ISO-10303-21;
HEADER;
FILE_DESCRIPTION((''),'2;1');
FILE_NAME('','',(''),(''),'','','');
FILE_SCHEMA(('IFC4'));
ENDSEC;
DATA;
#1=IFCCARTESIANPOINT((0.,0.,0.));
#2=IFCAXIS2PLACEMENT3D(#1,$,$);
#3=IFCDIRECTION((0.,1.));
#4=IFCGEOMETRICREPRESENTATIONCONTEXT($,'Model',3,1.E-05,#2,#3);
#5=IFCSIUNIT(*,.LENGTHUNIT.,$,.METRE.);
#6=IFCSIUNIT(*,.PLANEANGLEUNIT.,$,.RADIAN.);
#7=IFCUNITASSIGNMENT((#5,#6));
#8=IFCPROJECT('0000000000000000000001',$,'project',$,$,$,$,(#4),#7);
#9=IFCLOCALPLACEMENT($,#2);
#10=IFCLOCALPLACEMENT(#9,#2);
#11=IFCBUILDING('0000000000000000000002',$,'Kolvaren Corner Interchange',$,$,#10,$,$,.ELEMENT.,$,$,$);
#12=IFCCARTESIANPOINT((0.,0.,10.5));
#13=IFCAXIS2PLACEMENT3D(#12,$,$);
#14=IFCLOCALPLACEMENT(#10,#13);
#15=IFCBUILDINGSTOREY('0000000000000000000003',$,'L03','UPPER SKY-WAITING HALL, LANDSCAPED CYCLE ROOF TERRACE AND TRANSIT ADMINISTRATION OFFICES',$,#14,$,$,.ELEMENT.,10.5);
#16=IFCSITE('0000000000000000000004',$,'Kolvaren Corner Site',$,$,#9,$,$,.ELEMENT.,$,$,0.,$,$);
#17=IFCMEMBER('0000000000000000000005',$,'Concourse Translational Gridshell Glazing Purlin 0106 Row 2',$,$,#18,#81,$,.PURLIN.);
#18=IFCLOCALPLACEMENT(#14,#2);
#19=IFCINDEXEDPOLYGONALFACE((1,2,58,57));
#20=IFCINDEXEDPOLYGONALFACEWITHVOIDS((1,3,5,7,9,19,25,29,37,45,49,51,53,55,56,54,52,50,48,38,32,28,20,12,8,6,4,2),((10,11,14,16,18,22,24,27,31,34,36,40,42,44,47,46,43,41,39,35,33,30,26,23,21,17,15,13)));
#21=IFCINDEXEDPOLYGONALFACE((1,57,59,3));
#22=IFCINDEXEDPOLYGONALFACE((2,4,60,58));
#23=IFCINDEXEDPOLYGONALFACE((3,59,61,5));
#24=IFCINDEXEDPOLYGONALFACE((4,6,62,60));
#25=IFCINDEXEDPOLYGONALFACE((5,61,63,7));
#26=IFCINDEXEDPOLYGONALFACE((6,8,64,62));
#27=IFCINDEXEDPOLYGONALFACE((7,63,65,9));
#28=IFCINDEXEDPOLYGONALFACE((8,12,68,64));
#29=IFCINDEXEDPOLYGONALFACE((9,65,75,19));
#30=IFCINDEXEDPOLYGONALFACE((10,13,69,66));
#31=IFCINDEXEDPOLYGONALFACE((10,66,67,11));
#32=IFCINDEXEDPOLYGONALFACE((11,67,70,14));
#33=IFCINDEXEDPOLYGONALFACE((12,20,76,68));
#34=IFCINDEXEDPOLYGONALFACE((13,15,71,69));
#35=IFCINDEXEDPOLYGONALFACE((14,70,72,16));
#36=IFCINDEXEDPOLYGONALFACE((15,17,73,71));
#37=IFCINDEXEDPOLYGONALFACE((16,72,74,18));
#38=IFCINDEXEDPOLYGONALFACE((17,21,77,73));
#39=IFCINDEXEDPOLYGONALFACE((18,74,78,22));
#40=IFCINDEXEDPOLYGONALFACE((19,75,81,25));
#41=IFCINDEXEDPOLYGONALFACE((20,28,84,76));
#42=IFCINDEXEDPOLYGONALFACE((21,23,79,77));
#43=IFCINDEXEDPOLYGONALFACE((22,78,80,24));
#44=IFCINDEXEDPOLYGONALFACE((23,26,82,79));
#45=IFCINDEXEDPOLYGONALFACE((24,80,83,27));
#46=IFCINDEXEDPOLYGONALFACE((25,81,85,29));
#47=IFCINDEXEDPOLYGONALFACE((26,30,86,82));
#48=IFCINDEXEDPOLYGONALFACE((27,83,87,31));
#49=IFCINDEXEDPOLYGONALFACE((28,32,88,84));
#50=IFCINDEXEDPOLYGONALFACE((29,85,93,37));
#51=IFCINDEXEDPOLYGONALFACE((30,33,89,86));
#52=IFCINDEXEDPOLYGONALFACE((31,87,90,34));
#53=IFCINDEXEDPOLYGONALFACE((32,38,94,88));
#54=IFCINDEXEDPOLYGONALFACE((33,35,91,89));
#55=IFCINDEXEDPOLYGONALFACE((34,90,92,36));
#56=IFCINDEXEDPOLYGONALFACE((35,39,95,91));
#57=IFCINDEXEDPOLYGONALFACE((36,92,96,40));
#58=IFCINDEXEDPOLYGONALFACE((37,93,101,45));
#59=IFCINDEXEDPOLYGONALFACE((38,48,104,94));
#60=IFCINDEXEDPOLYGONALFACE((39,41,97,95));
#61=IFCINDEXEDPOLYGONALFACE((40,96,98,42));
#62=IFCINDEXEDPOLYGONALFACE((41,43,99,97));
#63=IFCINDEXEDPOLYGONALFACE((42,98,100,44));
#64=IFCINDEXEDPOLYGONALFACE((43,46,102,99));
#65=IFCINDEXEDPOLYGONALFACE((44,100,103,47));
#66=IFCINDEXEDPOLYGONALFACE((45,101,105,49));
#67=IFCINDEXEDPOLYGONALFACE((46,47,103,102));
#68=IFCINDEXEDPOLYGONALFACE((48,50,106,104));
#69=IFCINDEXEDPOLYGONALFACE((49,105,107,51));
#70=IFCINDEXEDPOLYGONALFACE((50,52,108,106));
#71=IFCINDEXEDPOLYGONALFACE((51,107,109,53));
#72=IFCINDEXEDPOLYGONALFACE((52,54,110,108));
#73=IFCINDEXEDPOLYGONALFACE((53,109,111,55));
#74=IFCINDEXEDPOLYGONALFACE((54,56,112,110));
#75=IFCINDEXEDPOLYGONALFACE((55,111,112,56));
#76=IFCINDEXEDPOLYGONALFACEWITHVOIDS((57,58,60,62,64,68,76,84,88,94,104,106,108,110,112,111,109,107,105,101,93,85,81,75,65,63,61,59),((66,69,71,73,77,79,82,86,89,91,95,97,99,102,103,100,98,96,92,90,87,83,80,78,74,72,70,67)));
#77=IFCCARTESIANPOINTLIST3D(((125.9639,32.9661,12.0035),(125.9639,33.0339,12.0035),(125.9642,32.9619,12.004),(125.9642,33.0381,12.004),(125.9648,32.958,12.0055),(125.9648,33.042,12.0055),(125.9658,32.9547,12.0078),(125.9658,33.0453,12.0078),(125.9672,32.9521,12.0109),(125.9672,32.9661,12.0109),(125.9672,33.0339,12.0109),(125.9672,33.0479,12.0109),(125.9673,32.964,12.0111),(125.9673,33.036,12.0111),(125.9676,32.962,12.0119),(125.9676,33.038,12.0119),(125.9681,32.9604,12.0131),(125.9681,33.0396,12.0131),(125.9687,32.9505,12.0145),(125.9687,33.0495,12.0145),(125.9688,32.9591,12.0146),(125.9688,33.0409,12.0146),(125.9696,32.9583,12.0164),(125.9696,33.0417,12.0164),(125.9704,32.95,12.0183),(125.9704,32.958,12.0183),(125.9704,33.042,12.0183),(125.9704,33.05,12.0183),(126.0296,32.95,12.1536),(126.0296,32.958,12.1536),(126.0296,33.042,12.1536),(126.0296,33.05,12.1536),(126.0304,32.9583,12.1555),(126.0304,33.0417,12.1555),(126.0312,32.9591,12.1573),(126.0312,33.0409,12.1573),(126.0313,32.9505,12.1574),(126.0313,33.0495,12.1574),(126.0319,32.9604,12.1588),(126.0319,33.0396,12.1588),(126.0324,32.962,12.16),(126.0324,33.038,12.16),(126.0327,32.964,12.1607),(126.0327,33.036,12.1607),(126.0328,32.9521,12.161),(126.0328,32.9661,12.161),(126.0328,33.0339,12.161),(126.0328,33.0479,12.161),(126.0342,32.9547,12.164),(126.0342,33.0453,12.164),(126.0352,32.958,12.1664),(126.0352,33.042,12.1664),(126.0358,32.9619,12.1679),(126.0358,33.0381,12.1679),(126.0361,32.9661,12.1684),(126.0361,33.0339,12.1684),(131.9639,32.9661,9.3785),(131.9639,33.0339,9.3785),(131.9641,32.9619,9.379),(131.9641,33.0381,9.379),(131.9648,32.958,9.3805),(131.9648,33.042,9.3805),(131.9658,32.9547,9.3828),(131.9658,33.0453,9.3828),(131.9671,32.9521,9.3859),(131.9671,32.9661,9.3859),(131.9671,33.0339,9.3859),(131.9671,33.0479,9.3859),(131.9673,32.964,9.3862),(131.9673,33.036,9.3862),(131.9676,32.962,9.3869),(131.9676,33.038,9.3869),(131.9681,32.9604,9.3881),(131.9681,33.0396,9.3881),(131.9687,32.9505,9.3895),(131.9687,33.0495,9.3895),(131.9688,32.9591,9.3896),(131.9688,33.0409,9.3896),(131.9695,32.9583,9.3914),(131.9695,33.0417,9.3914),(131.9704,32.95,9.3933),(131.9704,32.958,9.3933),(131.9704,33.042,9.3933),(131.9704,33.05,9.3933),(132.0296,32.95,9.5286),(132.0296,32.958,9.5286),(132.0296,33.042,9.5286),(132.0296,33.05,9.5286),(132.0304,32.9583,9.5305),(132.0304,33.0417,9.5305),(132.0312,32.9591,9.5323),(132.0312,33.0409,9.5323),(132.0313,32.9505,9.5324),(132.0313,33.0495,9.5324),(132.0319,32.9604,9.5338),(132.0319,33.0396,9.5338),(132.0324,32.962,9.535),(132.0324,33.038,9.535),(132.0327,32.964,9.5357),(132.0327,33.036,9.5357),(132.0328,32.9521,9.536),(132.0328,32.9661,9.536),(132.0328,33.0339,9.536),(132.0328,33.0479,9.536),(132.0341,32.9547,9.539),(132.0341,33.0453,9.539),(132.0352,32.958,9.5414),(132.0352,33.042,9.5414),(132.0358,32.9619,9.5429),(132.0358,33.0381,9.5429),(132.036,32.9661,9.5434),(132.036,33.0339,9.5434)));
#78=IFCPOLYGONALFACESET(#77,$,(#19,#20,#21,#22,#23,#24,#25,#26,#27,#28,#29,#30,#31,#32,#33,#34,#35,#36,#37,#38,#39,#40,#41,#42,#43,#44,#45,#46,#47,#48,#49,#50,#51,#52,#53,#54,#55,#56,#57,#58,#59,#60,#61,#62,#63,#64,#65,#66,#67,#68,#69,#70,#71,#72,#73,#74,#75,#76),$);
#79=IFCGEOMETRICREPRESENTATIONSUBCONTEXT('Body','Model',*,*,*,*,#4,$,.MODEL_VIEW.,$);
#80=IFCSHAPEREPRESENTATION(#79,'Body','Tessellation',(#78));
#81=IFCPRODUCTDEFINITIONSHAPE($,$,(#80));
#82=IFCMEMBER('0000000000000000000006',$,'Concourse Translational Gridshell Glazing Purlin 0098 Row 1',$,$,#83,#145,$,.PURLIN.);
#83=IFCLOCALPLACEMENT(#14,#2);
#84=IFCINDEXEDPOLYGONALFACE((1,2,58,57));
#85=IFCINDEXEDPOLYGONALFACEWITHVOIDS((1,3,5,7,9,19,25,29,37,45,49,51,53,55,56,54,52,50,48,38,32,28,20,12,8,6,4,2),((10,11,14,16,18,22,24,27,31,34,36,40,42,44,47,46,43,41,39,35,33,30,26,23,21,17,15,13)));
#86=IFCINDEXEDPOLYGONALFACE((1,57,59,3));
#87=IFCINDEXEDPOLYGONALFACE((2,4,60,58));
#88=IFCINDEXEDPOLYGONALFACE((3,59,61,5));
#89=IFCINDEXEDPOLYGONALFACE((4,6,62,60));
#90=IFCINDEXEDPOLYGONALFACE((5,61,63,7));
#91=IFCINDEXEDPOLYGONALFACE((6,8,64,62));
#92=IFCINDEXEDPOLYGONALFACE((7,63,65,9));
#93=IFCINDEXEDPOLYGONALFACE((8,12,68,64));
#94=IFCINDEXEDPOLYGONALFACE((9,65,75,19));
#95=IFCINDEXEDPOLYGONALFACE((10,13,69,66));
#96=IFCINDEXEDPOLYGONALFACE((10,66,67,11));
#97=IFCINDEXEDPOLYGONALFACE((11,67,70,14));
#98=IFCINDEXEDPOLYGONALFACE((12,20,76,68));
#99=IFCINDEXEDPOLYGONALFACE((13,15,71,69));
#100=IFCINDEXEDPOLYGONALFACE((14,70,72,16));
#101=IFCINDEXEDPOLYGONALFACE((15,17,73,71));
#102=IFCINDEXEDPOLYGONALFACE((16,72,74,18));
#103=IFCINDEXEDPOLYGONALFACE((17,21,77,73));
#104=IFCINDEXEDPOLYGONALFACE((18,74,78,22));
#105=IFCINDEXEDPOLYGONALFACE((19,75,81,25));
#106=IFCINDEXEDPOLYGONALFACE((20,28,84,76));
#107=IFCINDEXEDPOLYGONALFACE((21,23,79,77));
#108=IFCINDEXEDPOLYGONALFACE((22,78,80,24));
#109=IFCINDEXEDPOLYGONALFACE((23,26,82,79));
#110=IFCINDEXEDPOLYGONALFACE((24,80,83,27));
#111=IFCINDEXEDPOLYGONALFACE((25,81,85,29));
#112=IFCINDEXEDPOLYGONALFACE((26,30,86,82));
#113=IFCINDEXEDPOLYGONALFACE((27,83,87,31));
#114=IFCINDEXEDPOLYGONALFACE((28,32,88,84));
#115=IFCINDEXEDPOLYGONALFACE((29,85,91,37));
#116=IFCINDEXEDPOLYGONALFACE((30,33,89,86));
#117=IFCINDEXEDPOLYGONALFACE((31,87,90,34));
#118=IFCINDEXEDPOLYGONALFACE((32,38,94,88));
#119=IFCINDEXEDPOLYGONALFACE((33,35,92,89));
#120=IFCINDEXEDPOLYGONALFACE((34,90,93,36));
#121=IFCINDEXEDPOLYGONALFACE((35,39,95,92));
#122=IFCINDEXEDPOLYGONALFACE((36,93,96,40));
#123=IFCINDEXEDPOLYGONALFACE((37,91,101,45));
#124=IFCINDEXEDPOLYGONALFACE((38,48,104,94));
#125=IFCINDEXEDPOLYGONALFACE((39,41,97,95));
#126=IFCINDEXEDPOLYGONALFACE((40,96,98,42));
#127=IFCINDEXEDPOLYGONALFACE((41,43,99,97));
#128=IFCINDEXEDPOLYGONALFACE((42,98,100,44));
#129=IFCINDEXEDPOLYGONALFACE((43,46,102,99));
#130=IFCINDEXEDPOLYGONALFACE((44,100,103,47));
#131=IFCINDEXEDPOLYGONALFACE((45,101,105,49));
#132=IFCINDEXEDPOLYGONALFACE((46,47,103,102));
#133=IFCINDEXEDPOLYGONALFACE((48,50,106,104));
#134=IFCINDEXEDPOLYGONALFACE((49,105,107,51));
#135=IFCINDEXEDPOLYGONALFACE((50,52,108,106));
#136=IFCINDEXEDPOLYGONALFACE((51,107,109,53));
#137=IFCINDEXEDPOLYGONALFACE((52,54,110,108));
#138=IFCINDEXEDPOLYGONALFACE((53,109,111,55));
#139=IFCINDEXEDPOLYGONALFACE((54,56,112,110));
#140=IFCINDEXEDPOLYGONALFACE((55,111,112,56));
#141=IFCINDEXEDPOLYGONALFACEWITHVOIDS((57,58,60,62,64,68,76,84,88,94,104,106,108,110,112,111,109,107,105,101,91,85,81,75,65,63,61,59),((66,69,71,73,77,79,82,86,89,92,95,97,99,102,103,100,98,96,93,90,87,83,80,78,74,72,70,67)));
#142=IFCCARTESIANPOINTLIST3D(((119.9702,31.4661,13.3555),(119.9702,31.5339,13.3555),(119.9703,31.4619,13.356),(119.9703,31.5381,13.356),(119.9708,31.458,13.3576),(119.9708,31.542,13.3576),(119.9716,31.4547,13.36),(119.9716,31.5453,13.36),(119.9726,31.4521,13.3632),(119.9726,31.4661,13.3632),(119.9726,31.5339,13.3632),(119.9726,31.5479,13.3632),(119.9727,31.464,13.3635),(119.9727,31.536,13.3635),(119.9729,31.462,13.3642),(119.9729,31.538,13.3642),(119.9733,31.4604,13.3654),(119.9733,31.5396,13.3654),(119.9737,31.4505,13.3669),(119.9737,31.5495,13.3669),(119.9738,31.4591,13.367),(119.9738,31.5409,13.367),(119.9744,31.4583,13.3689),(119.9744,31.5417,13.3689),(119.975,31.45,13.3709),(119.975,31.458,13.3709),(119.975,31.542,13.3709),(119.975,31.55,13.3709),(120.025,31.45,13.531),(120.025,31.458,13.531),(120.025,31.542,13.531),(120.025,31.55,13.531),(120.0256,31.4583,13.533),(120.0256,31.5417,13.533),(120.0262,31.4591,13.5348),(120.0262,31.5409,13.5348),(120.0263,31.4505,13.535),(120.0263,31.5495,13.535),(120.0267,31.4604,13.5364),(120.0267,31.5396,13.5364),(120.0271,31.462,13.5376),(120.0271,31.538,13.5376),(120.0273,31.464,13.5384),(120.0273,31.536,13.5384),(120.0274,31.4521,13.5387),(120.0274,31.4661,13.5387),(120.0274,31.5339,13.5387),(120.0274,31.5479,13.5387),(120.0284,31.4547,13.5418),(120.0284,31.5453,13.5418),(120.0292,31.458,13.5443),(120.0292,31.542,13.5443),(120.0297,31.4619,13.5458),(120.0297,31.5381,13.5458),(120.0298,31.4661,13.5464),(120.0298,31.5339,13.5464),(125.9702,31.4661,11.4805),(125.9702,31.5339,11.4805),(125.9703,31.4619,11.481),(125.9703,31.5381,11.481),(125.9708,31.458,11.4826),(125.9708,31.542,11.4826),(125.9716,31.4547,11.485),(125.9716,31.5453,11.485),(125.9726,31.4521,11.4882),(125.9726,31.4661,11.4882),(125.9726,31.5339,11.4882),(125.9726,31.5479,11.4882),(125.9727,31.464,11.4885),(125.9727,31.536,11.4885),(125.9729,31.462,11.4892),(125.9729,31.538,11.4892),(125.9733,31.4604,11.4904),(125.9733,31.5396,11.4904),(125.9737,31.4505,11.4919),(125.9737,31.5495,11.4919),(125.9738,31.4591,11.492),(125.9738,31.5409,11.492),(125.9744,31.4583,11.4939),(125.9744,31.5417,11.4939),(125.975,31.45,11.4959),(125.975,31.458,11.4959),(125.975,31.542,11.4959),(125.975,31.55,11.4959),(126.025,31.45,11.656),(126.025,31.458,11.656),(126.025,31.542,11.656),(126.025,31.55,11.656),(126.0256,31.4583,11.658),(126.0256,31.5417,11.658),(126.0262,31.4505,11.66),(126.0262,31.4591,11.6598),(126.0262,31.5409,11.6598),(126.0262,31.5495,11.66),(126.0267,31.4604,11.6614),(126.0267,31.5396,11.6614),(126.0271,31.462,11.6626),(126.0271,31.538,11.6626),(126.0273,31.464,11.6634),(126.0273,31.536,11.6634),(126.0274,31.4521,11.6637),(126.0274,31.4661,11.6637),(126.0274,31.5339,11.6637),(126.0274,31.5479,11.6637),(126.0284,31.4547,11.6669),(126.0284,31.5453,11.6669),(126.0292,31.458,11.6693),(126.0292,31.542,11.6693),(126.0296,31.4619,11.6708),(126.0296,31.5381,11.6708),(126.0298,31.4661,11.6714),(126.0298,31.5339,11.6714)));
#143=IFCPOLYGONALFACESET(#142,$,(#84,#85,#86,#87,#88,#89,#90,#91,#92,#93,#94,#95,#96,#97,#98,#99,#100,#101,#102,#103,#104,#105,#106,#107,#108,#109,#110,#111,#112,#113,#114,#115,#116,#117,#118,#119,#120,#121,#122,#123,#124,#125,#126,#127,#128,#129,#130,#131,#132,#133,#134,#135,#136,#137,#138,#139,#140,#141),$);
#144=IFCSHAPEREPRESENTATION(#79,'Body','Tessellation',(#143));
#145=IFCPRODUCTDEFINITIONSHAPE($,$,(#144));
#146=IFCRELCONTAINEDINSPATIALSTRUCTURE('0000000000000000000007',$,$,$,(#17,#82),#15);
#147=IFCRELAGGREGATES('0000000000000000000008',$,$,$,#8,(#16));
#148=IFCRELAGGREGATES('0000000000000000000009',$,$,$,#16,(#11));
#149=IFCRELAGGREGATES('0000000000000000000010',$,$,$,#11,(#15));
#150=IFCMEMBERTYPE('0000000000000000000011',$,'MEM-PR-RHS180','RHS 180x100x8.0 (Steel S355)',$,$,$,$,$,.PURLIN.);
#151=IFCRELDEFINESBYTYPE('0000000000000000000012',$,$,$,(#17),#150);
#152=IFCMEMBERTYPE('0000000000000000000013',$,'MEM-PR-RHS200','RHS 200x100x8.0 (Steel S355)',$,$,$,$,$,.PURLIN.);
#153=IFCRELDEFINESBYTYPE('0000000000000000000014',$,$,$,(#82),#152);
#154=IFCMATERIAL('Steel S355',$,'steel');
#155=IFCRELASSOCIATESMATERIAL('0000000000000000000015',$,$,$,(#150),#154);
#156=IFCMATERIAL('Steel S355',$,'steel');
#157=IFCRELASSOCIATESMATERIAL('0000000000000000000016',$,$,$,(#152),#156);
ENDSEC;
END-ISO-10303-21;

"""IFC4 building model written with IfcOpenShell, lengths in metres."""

from ifc_helpers import new_model, si_unit, direction, frame, origin, origin_2d, place, context, subcontext, project, spatial, hollow_rectangle, extrude, material, material_profile, profile_set, type_object, element, save


model = new_model("IFC4")

# Units and contexts
model_context = context("Model", 3, precision=1e-05, world=origin(), true_north=direction((0.0, 1.0)))
body_context = subcontext(model_context, "Body", "Model", "MODEL_VIEW")
ifc_project = project(units=[si_unit("LENGTHUNIT", "METRE"), si_unit("PLANEANGLEUNIT", "RADIAN")], contexts=[model_context])

# Site, building, storey
site_placement = place(None, origin())
site = spatial("IfcSite", under=ifc_project, at=site_placement, Name="Kolvaren Corner Site", CompositionType="ELEMENT", RefElevation=0.0)
building_placement = place(site_placement, origin())
building = spatial("IfcBuilding", under=site, at=building_placement, Name="Kolvaren Corner Interchange", CompositionType="ELEMENT")
storey_placement = place(building_placement, frame((0.0, 0.0, 10.5)))
storey = spatial("IfcBuildingStorey", under=building, at=storey_placement, Name="L03", Description="UPPER SKY-WAITING HALL, LANDSCAPED CYCLE ROOF TERRACE AND TRANSIT ADMINISTRATION OFFICES", CompositionType="ELEMENT", Elevation=10.5)

# Members
ifc_material_1 = material(Name="Steel S355", Category="steel")
ifc_material_profile_1 = material_profile(ifc_material_1, hollow_rectangle(XDim=0.1001, YDim=0.1799, WallThickness=0.0081, InnerFilletRadius=0.0081, OuterFilletRadius=0.0161, at=origin_2d()), Name="RHS 180x100x8.0")
ifc_profile_set_1 = profile_set([ifc_material_profile_1], Name="Steel S355")
member_type_1 = type_object("IfcMemberType", Name="MEM-PR-RHS180", Description="RHS 180x100x8.0 (Steel S355)", PredefinedType="PURLIN", material=ifc_profile_set_1)
for number, where, z_axis, x_axis, name in (
    (1, (126.0, 33.0, 12.0859), (0.916157, 0.0, -0.400819), (0.0, 1.0, 0.0), "Concourse Translational Gridshell Glazing Purlin 0106 Row 2"),
):
    element("IfcMember", number, at=place(storey_placement, frame(where, z_axis=z_axis, x_axis=x_axis)), inside=storey, type_object=member_type_1, Name=name, PredefinedType="PURLIN", context=body_context, shape_type="SweptSolid", body=[
        extrude(hollow_rectangle(XDim=0.1001, YDim=0.1799, WallThickness=0.0081, InnerFilletRadius=0.0081, OuterFilletRadius=0.0161, at=origin_2d()), origin(), (0.0, 0.0, 1.0), 6.5491),
    ])
ifc_material_2 = material(Name="Steel S355", Category="steel")
ifc_material_profile_2 = material_profile(ifc_material_2, hollow_rectangle(XDim=0.1001, YDim=0.2, WallThickness=0.0081, InnerFilletRadius=0.0081, OuterFilletRadius=0.0161, at=origin_2d()), Name="RHS 200x100x8.0")
ifc_profile_set_2 = profile_set([ifc_material_profile_2], Name="Steel S355")
member_type_2 = type_object("IfcMemberType", Name="MEM-PR-RHS200", Description="RHS 200x100x8.0 (Steel S355)", PredefinedType="PURLIN", material=ifc_profile_set_2)
for number, where, z_axis, x_axis, name in (
    (2, (120.0, 31.5, 13.4509), (0.95448, 0.0, -0.298275), (0.0, 1.0, 0.0), "Concourse Translational Gridshell Glazing Purlin 0098 Row 1"),
):
    element("IfcMember", number, at=place(storey_placement, frame(where, z_axis=z_axis, x_axis=x_axis)), inside=storey, type_object=member_type_2, Name=name, PredefinedType="PURLIN", context=body_context, shape_type="SweptSolid", body=[
        extrude(hollow_rectangle(XDim=0.1001, YDim=0.2, WallThickness=0.0081, InnerFilletRadius=0.0081, OuterFilletRadius=0.0161, at=origin_2d()), origin(), (0.0, 0.0, 1.0), 6.2861),
    ])

save(model, "model.ifc")
